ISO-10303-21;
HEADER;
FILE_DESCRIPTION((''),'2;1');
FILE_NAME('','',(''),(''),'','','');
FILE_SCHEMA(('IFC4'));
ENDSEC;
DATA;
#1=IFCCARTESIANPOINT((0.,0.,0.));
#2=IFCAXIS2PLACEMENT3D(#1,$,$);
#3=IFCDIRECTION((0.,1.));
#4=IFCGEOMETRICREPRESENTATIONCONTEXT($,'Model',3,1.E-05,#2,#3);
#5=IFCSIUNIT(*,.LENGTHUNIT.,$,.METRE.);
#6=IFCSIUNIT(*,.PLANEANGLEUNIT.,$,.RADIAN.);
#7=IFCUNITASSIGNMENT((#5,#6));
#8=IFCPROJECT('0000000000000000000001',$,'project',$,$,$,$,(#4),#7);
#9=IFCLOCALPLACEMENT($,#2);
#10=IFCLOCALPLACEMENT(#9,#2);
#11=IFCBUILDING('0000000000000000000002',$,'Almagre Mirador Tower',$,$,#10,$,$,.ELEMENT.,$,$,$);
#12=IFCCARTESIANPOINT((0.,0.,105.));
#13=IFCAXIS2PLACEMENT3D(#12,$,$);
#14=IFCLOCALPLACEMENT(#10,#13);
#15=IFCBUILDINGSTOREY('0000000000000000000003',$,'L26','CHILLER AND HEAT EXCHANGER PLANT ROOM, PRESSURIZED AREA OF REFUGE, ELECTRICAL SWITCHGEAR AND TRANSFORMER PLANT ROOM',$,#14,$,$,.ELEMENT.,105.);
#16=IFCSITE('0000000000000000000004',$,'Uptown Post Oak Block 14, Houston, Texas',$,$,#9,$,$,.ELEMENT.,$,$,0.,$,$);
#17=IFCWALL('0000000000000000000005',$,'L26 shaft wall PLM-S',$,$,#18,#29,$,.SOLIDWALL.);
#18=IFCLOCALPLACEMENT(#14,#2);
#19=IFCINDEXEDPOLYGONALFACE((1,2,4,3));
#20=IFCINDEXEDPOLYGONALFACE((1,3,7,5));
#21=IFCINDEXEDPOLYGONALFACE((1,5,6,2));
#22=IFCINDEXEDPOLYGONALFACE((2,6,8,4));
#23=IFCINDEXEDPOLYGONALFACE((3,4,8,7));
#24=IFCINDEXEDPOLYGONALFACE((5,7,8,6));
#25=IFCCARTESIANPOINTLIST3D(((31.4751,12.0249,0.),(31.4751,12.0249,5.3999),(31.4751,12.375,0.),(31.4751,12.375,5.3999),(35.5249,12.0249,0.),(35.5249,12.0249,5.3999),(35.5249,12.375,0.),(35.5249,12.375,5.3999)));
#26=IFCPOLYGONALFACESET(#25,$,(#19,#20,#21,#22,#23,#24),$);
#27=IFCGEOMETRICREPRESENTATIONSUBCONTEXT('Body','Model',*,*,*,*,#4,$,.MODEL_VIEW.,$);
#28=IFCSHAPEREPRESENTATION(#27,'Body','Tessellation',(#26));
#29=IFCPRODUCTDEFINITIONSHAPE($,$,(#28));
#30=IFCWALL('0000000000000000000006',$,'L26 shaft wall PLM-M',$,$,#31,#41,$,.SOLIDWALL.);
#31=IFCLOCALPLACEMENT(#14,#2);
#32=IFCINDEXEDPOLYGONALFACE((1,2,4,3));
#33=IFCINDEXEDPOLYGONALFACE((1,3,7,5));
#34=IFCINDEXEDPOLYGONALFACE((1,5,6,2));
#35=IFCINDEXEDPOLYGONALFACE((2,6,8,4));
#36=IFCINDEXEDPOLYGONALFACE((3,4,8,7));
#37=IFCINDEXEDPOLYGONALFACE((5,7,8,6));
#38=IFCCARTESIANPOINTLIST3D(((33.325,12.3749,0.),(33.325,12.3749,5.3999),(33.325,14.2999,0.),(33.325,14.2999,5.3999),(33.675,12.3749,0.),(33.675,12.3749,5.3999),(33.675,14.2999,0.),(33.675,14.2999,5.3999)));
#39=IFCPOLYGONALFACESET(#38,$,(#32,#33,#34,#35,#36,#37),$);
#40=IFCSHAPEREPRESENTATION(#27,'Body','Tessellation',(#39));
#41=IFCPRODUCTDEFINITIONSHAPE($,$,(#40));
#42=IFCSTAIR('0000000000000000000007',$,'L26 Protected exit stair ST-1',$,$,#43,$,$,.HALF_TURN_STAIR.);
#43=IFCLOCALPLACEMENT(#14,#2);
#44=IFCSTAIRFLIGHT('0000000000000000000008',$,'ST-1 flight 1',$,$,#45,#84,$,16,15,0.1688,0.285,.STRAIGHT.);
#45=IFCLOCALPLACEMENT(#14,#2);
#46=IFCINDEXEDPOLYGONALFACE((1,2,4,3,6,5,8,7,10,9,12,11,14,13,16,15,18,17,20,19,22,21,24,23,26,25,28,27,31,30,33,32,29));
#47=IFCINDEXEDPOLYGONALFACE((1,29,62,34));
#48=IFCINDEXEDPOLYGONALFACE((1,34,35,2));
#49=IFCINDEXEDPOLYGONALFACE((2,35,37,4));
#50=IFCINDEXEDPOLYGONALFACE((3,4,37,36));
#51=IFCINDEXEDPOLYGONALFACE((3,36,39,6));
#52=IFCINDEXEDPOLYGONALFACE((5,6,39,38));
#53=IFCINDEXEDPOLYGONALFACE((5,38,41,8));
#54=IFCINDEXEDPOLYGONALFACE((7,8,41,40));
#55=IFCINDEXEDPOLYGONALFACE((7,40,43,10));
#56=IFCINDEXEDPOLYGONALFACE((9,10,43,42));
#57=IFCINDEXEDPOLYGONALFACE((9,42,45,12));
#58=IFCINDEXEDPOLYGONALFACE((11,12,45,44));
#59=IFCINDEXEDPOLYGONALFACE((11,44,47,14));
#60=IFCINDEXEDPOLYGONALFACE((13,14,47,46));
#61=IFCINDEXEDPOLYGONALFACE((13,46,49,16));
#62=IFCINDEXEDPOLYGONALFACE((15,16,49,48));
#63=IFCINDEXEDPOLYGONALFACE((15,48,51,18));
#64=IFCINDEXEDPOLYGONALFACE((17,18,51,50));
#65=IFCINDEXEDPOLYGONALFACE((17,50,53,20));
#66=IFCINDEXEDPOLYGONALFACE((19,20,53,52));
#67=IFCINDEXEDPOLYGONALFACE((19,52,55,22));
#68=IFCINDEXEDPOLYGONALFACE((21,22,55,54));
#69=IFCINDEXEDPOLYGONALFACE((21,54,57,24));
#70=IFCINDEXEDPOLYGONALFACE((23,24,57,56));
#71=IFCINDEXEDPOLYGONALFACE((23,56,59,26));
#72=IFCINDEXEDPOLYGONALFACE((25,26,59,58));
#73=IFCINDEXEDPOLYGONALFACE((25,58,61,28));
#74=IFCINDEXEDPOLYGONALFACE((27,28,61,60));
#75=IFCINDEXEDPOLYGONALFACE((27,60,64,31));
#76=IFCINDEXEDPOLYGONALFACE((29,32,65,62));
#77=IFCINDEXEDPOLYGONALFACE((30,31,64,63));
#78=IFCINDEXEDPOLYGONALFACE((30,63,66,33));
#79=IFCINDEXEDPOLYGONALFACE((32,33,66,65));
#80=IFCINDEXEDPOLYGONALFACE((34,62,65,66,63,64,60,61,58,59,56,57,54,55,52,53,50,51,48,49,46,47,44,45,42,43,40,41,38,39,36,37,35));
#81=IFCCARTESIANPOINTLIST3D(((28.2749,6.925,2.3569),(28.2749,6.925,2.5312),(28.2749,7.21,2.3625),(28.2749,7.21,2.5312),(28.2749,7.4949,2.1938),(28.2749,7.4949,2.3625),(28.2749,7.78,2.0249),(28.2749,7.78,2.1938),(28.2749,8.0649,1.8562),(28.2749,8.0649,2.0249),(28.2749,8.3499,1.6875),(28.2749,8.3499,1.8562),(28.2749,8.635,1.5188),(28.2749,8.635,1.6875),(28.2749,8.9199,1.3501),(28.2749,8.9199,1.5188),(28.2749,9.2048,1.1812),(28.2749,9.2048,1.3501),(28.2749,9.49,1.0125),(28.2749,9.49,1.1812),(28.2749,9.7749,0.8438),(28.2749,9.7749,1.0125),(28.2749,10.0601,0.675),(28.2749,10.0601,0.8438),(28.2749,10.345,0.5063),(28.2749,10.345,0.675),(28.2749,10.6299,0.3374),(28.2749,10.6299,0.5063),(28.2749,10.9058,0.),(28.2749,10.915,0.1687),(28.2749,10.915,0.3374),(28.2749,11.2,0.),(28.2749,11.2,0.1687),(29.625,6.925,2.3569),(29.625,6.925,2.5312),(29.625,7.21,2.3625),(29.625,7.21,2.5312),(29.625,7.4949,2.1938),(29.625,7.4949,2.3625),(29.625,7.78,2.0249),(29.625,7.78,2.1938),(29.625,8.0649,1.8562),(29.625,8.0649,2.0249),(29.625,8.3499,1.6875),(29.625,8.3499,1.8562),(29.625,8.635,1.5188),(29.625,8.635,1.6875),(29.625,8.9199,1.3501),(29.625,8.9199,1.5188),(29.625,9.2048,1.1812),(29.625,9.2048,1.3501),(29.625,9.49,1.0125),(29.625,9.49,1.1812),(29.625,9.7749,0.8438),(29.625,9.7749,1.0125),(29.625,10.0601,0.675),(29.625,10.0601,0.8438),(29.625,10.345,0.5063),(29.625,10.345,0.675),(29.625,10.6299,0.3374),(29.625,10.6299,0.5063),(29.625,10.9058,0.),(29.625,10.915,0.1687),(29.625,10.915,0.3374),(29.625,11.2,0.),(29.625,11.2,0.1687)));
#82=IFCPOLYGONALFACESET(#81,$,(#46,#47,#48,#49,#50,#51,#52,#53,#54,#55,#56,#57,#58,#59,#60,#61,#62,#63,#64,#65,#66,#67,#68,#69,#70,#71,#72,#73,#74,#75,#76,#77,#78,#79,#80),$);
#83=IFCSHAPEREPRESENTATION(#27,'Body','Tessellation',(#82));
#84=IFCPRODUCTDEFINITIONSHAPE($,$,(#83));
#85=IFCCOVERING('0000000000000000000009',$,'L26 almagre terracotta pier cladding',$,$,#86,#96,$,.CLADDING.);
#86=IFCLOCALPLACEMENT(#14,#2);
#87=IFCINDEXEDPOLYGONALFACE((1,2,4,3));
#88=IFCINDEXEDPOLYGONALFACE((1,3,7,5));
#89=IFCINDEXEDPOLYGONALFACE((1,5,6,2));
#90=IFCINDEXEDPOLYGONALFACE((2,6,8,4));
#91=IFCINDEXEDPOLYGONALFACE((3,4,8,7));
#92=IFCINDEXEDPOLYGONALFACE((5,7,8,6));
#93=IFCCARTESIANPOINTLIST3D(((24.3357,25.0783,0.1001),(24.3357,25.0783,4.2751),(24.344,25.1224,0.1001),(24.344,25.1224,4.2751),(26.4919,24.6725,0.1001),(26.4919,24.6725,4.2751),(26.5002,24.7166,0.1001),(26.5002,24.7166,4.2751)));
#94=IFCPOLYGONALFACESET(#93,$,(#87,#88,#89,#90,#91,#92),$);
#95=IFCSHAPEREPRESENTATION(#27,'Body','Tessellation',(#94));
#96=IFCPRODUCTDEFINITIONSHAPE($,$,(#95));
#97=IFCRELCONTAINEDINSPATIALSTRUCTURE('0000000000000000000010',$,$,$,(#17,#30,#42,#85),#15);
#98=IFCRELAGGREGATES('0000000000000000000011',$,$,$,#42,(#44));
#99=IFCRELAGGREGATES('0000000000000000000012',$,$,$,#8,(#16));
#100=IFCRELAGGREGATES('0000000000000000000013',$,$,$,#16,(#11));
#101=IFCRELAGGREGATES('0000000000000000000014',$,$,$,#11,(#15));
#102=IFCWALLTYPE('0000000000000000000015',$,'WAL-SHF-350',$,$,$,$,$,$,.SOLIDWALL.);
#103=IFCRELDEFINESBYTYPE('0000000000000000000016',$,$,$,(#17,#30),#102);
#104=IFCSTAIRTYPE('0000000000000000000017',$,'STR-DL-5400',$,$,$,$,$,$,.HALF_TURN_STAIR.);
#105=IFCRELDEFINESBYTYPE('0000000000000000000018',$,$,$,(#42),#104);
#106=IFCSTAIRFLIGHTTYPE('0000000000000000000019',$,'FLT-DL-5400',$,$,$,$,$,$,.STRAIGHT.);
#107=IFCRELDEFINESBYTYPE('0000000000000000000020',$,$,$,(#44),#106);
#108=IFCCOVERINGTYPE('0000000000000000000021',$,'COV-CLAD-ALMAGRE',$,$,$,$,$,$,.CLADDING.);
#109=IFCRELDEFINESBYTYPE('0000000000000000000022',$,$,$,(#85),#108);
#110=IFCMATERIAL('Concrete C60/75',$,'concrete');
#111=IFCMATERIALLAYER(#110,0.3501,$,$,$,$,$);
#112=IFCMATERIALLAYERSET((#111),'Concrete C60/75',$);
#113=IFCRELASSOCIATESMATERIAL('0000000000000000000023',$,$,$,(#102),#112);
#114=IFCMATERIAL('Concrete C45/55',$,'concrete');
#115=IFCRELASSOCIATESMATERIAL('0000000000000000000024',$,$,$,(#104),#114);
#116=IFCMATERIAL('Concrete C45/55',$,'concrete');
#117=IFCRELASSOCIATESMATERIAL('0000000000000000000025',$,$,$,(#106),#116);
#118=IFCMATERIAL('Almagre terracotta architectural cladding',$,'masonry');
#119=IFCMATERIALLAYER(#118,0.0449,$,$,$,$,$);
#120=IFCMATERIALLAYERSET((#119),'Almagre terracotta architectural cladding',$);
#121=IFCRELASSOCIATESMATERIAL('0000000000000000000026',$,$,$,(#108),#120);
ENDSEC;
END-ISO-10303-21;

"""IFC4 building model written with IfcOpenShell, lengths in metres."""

from ifc_helpers import new_model, si_unit, direction, frame, frame_2d, origin, origin_2d, place, context, subcontext, project, spatial, polyline, rectangle, outline, extrude, material, layer, layer_set, type_object, element, aggregate, save


model = new_model("IFC4")

# Units and contexts
model_context = context("Model", 3, precision=1e-05, world=origin(), true_north=direction((0.0, 1.0)))
body_context = subcontext(model_context, "Body", "Model", "MODEL_VIEW")
ifc_project = project(units=[si_unit("LENGTHUNIT", "METRE"), si_unit("PLANEANGLEUNIT", "RADIAN")], contexts=[model_context])

# Site, building, storey
site_placement = place(None, origin())
site = spatial("IfcSite", under=ifc_project, at=site_placement, Name="Uptown Post Oak Block 14, Houston, Texas", CompositionType="ELEMENT", RefElevation=0.0)
building_placement = place(site_placement, origin())
building = spatial("IfcBuilding", under=site, at=building_placement, Name="Almagre Mirador Tower", CompositionType="ELEMENT")
storey_placement = place(building_placement, frame((0.0, 0.0, 105.0)))
storey = spatial("IfcBuildingStorey", under=building, at=storey_placement, Name="L26", Description="CHILLER AND HEAT EXCHANGER PLANT ROOM, PRESSURIZED AREA OF REFUGE, ELECTRICAL SWITCHGEAR AND TRANSFORMER PLANT ROOM", CompositionType="ELEMENT", Elevation=105.0)

# Walls
ifc_material_1 = material(Name="Concrete C60/75", Category="concrete")
ifc_layer_1 = layer(ifc_material_1, 0.3501)
ifc_layer_set_1 = layer_set([ifc_layer_1], Name="Concrete C60/75")
wall_type_1 = type_object("IfcWallType", Name="WAL-SHF-350", PredefinedType="SOLIDWALL", material=ifc_layer_set_1)
wall_1_placement = place(storey_placement, frame((31.4751, 12.2, 0.0), z_axis=(0.0, 0.0, 1.0), x_axis=(1.0, 0.0, 0.0)))
element("IfcWall", 1, at=wall_1_placement, inside=storey, type_object=wall_type_1, Name="L26 shaft wall PLM-S", PredefinedType="SOLIDWALL", context=body_context, shape_type="SweptSolid", body=[
    extrude(rectangle(XDim=4.0498, YDim=0.3501, at=frame_2d((2.0249, 0.0))), origin(), (0.0, 0.0, 1.0), 5.3999),
])
wall_2_placement = place(storey_placement, frame((33.5, 12.375, 0.0), z_axis=(0.0, 0.0, 1.0), x_axis=(0.0, 1.0, 0.0)))
element("IfcWall", 2, at=wall_2_placement, inside=storey, type_object=wall_type_1, Name="L26 shaft wall PLM-M", PredefinedType="SOLIDWALL", context=body_context, shape_type="SweptSolid", body=[
    extrude(rectangle(XDim=1.925, YDim=0.3501, at=frame_2d((0.9624, 0.0))), origin(), (0.0, 0.0, 1.0), 5.3999),
])

# Stair, stair flight
ifc_material_2 = material(Name="Concrete C45/55", Category="concrete")
stair_type = type_object("IfcStairType", Name="STR-DL-5400", PredefinedType="HALF_TURN_STAIR", material=ifc_material_2)
stair_placement = place(storey_placement, origin())
stair = element("IfcStair", 3, at=stair_placement, inside=storey, type_object=stair_type, Name="L26 Protected exit stair ST-1", PredefinedType="HALF_TURN_STAIR")
ifc_material_3 = material(Name="Concrete C45/55", Category="concrete")
stair_flight_type = type_object("IfcStairFlightType", Name="FLT-DL-5400", PredefinedType="STRAIGHT", material=ifc_material_3)
stair_flight_placement = place(storey_placement, frame((28.95, 11.2, 0.0), z_axis=(0.0, 0.0, 1.0), x_axis=(0.0, -1.0, 0.0)))
stair_flight = element("IfcStairFlight", 4, at=stair_flight_placement, type_object=stair_flight_type, Name="ST-1 flight 1", NumberOfRisers=16, NumberOfTreads=15, PredefinedType="STRAIGHT", RiserHeight=0.1688, TreadLength=0.285, context=body_context, shape_type="SweptSolid", body=[
    extrude(outline(polyline([(0.0, 0.0), (0.0, 0.1687), (0.2849, 0.1687), (0.2849, 0.3374), (0.5701, 0.3374), (0.5701, 0.5063), (0.855, 0.5063), (0.855, 0.675), (1.1399, 0.675), (1.1399, 0.8438), (1.425, 0.8438), (1.425, 1.0125), (1.71, 1.0125), (1.71, 1.1812), (1.9951, 1.1812), (1.9951, 1.3501), (2.28, 1.3501), (2.28, 1.5188), (2.5649, 1.5188), (2.5649, 1.6875), (2.8501, 1.6875), (2.8501, 1.8562), (3.135, 1.8562), (3.135, 2.0249), (3.4199, 2.0249), (3.4199, 2.1938), (3.7051, 2.1938), (3.7051, 2.3625), (3.99, 2.3625), (3.99, 2.5312), (4.2749, 2.5312), (4.2749, 2.7), (4.2749, 2.3569), (0.2942, 0.0), (0.0, 0.0)])), frame((0.0, 0.675, 0.0), z_axis=(0.0, -1.0, 0.0), x_axis=(1.0, 0.0, 0.0)), (0.0, 0.0, 1.0), 1.3501),
])
aggregate(stair, [stair_flight])

# Covering
ifc_material_4 = material(Name="Almagre terracotta architectural cladding", Category="masonry")
ifc_layer_2 = layer(ifc_material_4, 0.0449)
ifc_layer_set_2 = layer_set([ifc_layer_2], Name="Almagre terracotta architectural cladding")
covering_type = type_object("IfcCoveringType", Name="COV-CLAD-ALMAGRE", PredefinedType="CLADDING", material=ifc_layer_set_2)
covering_placement = place(storey_placement, frame((25.418, 24.8975, 0.1001), z_axis=(0.0, 0.0, 1.0), x_axis=(0.982745, -0.184963, 0.0)))
element("IfcCovering", 5, at=covering_placement, inside=storey, type_object=covering_type, Name="L26 almagre terracotta pier cladding", PredefinedType="CLADDING", context=body_context, shape_type="SweptSolid", body=[
    extrude(rectangle(XDim=2.1941, YDim=0.0449, at=origin_2d()), origin(), (0.0, 0.0, 1.0), 4.175),
])

save(model, "model.ifc")
